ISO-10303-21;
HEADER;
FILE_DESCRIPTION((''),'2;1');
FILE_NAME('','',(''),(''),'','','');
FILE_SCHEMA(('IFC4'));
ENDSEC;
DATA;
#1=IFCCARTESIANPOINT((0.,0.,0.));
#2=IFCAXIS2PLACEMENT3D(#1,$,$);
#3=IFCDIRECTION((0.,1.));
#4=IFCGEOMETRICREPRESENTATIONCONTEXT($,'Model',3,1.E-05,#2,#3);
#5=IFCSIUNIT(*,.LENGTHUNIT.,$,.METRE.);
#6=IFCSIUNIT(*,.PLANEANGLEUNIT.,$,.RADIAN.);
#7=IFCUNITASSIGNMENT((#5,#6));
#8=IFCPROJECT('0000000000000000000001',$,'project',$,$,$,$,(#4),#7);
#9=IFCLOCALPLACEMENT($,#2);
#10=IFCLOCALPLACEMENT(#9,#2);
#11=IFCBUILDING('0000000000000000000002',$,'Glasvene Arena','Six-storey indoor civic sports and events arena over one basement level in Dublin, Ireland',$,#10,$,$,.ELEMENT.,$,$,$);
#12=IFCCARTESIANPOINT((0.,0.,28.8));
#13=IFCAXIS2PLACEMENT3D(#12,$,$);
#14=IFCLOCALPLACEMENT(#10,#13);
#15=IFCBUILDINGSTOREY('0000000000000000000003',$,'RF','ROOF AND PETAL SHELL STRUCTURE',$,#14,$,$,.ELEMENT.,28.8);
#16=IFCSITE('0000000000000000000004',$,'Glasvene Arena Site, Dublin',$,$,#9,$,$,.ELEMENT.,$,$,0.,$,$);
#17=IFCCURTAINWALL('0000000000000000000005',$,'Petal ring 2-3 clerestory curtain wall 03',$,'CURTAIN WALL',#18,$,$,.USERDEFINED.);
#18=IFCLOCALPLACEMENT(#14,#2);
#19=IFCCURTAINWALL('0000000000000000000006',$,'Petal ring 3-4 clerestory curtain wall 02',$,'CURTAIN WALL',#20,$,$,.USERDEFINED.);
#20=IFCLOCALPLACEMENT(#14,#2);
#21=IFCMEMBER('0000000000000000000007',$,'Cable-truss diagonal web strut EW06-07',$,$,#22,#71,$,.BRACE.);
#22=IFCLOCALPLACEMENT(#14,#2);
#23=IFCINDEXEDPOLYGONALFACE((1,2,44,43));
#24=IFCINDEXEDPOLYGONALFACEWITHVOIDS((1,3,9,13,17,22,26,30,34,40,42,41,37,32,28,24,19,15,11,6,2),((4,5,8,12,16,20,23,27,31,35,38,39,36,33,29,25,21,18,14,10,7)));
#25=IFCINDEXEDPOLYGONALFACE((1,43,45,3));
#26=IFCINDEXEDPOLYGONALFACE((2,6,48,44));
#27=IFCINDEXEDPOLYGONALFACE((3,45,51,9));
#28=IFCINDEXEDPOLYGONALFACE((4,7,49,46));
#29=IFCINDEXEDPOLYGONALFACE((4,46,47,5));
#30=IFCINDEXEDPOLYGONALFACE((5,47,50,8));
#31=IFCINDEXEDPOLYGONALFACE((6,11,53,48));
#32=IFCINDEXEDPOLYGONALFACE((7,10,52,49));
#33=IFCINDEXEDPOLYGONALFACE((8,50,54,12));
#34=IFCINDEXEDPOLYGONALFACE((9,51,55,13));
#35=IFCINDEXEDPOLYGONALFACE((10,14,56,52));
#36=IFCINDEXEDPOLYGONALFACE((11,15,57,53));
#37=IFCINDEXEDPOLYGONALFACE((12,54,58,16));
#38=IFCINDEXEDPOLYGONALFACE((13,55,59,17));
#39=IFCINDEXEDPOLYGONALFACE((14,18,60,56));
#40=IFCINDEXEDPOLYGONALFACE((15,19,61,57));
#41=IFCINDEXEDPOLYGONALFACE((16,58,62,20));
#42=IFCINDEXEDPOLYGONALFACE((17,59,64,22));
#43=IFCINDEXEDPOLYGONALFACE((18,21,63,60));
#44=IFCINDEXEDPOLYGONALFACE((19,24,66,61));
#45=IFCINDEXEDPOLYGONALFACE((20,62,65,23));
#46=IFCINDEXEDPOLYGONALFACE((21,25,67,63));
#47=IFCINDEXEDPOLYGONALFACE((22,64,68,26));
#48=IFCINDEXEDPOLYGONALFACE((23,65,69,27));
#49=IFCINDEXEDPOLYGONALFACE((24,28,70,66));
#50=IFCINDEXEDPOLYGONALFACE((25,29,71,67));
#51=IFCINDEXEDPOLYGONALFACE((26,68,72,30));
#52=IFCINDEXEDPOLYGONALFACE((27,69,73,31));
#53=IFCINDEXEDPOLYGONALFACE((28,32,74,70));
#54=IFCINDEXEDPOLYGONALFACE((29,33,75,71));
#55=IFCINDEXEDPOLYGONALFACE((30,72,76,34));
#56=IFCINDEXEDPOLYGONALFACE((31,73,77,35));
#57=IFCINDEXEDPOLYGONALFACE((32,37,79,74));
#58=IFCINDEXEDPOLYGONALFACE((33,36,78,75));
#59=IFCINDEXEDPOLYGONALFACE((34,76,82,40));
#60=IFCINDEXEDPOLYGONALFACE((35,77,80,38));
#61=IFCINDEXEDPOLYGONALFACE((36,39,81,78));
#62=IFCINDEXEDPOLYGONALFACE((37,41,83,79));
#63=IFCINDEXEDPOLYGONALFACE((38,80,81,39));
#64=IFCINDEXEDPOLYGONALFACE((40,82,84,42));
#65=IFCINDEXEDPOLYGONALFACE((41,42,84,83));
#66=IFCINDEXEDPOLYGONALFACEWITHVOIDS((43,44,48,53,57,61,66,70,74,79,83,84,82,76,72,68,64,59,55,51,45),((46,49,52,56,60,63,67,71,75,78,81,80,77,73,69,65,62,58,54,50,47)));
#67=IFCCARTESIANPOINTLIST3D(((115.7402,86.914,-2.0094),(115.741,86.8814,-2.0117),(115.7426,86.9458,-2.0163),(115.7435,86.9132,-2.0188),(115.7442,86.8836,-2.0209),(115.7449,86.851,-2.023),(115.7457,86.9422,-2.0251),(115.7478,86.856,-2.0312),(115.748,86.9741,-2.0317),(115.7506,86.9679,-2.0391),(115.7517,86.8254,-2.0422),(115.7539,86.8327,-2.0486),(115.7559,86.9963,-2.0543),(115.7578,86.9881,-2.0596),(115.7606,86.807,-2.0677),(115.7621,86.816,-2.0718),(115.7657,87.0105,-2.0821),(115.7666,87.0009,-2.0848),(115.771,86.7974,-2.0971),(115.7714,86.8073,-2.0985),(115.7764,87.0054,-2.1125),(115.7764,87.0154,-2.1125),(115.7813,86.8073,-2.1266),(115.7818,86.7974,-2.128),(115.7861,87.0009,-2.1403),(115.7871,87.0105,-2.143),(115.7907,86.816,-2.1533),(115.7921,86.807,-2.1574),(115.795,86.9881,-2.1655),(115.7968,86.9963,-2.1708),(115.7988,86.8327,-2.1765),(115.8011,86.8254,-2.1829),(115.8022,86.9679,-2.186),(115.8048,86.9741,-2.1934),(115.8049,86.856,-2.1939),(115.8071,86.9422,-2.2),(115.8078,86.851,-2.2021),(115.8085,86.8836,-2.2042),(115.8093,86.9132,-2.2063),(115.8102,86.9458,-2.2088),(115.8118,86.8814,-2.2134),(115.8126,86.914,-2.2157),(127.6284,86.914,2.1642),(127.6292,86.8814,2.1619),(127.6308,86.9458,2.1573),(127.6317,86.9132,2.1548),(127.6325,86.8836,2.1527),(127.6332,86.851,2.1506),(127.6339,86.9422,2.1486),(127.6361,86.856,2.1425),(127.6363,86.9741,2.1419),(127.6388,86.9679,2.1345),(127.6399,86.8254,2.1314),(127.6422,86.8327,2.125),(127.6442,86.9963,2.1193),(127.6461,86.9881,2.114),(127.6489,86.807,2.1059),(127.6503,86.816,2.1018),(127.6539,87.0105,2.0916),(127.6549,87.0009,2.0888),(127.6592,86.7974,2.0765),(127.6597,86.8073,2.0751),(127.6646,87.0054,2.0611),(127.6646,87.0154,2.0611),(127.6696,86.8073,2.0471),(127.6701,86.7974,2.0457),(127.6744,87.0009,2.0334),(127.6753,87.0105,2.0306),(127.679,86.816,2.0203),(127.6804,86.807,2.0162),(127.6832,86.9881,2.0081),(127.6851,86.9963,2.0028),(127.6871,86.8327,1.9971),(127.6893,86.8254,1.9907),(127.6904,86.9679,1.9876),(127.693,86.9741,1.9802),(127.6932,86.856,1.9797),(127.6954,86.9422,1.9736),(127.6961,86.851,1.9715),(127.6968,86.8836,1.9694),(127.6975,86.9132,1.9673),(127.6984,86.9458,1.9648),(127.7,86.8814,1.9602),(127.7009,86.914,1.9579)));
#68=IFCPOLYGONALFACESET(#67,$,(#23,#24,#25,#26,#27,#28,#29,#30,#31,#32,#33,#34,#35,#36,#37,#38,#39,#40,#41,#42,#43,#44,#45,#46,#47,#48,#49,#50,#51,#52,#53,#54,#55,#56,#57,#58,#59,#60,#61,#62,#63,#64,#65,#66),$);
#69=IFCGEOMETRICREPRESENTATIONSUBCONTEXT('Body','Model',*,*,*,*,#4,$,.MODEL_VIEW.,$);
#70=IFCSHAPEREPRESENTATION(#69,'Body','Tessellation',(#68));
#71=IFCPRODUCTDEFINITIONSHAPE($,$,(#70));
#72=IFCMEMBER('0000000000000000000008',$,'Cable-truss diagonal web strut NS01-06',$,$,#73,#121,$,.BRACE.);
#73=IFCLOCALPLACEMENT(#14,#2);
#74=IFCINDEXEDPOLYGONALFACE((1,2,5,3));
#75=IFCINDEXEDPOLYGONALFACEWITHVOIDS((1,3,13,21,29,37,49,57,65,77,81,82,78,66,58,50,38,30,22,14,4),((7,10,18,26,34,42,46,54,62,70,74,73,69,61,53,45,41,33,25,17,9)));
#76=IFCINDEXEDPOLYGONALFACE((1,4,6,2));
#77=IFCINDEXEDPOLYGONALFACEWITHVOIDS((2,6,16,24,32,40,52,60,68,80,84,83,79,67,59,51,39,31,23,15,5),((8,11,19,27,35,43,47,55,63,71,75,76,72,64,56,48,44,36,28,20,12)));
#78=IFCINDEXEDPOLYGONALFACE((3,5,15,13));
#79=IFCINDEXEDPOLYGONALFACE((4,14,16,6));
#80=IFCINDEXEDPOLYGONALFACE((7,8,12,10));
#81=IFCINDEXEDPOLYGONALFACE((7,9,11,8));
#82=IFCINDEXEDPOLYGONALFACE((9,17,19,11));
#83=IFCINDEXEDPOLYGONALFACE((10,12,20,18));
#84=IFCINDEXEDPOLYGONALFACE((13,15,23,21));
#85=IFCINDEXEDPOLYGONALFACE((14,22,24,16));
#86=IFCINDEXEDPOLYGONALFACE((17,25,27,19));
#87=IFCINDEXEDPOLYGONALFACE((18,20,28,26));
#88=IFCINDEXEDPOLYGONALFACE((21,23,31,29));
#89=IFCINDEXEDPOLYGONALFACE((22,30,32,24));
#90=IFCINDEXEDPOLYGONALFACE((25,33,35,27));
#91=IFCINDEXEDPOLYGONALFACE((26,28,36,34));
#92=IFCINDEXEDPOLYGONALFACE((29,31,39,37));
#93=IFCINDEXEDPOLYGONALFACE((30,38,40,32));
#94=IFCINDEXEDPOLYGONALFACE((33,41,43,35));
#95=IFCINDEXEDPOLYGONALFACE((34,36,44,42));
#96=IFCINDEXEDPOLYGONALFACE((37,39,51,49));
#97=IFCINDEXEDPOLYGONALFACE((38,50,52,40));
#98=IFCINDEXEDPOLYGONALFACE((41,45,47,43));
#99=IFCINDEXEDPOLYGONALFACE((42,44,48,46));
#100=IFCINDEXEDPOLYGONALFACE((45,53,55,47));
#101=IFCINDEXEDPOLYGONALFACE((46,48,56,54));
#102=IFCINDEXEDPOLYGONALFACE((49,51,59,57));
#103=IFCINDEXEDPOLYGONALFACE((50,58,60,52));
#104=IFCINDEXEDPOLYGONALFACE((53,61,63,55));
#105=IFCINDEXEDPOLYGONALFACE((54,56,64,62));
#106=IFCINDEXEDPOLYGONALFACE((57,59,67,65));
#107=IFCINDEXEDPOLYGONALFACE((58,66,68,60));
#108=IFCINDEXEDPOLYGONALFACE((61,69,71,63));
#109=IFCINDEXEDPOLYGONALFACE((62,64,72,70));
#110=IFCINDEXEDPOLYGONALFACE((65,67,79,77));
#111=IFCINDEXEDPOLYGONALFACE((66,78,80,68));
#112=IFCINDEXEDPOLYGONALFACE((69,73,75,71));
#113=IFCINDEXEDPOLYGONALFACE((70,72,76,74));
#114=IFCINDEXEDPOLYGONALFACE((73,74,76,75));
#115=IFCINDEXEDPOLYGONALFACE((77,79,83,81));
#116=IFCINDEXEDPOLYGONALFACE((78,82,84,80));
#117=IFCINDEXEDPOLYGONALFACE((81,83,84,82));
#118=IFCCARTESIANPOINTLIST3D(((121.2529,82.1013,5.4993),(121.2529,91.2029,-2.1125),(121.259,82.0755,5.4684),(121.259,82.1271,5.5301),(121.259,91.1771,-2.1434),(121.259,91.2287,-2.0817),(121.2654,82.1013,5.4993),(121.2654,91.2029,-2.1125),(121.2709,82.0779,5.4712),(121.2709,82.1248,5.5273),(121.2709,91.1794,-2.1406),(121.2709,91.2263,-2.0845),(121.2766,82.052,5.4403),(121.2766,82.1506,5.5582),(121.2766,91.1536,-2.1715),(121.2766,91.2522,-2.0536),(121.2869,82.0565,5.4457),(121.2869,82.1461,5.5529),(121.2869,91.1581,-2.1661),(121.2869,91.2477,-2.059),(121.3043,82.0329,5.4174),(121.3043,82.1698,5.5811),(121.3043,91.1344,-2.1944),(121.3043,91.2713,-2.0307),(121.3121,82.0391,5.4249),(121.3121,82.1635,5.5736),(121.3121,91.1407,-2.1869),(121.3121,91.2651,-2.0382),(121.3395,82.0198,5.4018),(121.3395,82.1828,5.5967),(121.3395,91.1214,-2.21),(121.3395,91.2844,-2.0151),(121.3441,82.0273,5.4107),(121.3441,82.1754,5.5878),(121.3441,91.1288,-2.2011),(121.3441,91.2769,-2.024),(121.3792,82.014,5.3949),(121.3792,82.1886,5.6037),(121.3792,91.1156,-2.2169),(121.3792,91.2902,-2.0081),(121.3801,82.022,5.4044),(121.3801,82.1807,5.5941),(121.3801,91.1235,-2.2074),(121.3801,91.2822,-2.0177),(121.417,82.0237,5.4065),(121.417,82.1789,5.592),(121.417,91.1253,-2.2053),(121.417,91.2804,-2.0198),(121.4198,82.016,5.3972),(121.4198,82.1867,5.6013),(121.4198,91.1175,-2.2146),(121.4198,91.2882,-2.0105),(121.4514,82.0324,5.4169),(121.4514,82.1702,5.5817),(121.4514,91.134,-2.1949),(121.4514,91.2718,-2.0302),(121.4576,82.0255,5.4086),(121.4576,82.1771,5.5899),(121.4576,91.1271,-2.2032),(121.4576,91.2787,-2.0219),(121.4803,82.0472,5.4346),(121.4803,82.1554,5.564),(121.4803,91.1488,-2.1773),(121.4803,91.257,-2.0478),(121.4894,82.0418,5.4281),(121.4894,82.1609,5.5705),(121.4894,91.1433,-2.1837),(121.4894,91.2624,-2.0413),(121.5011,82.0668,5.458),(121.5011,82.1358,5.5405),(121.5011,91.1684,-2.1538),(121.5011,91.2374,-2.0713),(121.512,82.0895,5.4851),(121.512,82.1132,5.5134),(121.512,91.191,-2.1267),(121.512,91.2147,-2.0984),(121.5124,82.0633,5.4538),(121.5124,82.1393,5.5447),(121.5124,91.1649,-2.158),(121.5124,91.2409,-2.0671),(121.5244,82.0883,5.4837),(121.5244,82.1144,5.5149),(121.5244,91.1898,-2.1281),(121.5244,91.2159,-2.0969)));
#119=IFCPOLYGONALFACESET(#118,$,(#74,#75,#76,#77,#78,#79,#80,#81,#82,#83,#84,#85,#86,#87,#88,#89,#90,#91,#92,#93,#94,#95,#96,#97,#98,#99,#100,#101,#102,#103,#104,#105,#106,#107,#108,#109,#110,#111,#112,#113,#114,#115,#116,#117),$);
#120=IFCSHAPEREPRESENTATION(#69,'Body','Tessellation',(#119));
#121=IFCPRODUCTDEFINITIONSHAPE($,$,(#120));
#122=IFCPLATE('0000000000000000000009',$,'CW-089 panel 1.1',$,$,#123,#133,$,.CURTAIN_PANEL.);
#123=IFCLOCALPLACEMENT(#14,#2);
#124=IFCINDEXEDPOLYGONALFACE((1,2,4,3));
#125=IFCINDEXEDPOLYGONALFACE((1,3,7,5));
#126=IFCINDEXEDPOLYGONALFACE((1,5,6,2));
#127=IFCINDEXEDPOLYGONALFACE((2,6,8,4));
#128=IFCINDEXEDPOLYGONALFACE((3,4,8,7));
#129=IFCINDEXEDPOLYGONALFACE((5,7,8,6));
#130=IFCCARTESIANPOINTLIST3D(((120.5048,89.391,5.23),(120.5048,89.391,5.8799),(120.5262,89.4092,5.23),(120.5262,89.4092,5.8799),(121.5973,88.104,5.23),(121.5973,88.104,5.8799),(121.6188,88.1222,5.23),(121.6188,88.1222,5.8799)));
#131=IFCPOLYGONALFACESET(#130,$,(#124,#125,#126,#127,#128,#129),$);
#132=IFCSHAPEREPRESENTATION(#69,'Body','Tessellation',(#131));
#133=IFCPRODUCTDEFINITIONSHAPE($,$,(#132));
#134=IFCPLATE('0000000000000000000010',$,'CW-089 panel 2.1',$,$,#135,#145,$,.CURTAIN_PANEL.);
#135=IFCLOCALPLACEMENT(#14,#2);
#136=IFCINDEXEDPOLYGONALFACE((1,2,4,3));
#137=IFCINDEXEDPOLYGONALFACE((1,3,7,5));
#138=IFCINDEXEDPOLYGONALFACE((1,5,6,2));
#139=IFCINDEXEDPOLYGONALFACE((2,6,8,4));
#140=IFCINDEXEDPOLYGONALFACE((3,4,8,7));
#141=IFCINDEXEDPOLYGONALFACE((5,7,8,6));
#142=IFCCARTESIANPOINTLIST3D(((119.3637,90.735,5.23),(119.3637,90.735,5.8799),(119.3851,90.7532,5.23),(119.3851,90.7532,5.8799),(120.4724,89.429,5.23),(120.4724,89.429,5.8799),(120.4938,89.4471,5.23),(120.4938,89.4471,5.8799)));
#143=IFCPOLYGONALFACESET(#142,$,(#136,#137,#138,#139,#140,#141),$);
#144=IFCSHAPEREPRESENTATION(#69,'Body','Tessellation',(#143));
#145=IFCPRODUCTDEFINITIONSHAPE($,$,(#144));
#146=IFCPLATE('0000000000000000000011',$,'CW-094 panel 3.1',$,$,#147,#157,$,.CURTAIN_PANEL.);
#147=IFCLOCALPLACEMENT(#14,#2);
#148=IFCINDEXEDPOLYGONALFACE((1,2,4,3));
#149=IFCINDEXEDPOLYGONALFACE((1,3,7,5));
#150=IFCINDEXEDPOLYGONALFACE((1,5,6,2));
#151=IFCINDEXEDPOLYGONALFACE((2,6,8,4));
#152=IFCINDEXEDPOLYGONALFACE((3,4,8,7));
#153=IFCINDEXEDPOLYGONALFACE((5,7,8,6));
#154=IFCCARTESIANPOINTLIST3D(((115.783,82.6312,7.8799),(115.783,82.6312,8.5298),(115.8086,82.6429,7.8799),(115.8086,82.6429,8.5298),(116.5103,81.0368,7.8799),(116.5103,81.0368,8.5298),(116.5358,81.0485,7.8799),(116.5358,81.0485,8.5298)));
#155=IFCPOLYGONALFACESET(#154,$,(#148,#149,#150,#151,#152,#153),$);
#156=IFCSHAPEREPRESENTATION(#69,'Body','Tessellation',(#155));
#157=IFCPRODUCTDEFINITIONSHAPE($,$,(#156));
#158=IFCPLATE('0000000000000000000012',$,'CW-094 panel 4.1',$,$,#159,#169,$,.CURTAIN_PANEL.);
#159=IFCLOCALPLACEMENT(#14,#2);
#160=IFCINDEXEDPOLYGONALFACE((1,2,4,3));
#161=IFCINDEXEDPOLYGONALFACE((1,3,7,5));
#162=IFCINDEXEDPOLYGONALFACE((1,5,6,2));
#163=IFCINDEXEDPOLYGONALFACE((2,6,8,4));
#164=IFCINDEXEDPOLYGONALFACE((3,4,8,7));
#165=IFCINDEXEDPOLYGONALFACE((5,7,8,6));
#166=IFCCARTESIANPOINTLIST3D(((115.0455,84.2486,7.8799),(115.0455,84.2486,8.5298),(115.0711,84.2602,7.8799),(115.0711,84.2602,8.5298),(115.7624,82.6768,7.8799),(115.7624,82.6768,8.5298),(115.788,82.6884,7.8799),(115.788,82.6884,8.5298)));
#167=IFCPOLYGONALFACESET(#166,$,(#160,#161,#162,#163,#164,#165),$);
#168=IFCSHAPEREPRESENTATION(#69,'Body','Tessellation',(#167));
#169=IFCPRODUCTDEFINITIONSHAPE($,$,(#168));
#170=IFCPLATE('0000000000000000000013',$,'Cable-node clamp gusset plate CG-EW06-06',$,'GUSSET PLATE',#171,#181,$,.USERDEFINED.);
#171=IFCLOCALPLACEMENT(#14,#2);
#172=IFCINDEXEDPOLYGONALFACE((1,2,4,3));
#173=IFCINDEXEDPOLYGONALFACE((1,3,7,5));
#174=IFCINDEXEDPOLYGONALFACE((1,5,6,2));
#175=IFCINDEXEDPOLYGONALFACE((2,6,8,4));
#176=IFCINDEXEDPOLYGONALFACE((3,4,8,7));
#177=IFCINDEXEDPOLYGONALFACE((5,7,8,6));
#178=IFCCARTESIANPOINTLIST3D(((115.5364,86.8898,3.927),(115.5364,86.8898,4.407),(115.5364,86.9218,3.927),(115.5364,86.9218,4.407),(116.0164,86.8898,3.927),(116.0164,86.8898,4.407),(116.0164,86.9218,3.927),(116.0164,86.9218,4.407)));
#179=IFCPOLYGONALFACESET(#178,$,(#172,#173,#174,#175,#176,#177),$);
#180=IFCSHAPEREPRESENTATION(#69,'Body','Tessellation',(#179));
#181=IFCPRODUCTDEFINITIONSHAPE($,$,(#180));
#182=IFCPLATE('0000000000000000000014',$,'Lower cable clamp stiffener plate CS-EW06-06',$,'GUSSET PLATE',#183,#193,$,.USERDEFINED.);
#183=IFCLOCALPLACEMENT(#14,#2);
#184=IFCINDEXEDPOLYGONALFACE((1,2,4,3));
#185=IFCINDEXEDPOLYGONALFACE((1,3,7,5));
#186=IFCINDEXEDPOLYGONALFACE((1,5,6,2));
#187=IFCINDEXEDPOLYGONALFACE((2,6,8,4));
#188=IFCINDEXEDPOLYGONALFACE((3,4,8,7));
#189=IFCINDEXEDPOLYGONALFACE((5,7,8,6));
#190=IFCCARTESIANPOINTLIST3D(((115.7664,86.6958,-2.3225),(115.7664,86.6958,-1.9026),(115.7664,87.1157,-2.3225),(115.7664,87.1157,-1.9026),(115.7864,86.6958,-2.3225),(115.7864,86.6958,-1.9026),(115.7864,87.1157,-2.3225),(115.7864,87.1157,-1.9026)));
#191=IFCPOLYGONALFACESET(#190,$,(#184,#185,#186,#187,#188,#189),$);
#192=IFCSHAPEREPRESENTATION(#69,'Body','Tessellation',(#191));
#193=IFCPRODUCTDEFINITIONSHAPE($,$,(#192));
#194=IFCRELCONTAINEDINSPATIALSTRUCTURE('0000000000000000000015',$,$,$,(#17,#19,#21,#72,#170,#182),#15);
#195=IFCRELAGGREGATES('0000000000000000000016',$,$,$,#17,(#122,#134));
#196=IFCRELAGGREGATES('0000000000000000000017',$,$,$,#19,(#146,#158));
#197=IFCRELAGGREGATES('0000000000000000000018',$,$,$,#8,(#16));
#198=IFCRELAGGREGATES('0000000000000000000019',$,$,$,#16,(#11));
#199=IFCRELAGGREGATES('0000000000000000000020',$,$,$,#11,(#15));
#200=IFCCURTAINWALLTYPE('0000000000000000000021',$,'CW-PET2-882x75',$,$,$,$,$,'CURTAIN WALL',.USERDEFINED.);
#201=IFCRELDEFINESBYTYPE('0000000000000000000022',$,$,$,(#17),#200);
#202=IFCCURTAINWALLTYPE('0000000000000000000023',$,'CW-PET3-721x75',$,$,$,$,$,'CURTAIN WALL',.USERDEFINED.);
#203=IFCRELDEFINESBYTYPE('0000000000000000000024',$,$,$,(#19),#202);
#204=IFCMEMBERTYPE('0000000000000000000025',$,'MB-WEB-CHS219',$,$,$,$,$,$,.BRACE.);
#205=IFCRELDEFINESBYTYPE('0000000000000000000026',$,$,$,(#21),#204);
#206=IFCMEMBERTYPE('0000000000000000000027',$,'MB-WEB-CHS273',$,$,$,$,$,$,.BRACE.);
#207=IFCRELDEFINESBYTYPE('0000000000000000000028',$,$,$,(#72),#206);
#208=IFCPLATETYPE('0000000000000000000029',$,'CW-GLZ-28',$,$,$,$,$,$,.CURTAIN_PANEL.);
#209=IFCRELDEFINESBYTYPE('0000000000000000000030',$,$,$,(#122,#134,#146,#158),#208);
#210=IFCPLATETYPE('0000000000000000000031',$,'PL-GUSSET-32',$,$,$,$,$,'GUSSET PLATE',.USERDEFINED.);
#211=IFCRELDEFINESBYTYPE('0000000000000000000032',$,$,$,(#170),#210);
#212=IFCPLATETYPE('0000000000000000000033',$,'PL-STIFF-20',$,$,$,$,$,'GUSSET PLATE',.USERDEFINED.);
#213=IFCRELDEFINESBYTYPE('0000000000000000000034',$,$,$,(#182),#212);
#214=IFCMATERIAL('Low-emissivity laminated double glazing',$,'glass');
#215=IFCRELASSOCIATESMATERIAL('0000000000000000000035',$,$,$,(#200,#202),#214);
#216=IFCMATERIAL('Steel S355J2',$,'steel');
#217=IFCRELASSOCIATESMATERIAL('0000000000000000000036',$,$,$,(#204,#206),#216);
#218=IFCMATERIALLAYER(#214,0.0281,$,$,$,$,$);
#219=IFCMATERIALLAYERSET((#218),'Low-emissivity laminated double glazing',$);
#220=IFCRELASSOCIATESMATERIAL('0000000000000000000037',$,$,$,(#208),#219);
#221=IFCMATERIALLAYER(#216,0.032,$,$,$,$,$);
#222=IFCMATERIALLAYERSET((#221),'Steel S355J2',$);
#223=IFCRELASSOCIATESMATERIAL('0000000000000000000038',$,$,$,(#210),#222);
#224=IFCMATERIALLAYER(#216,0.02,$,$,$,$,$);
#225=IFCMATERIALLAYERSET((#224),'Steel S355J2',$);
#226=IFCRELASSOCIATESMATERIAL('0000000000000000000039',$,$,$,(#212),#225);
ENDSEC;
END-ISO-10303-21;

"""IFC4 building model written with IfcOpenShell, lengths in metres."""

from ifc_helpers import new_model, si_unit, direction, frame, origin, origin_2d, place, context, subcontext, project, spatial, rectangle, hollow_circle, extrude, material, layer, layer_set, material_profile, profile_set, type_object, element, aggregate, save


model = new_model("IFC4")

# Units and contexts
model_context = context("Model", 3, precision=1e-05, world=origin(), true_north=direction((0.0, 1.0)))
body_context = subcontext(model_context, "Body", "Model", "MODEL_VIEW")
ifc_project = project(units=[si_unit("LENGTHUNIT", "METRE"), si_unit("PLANEANGLEUNIT", "RADIAN")], contexts=[model_context])

# Site, building, storey
site_placement = place(None, origin())
site = spatial("IfcSite", under=ifc_project, at=site_placement, Name="Glasvene Arena Site, Dublin", CompositionType="ELEMENT", RefElevation=0.0)
building_placement = place(site_placement, origin())
building = spatial("IfcBuilding", under=site, at=building_placement, Name="Glasvene Arena", Description="Six-storey indoor civic sports and events arena over one basement level in Dublin, Ireland", CompositionType="ELEMENT")
storey_placement = place(building_placement, frame((0.0, 0.0, 28.8)))
storey = spatial("IfcBuildingStorey", under=building, at=storey_placement, Name="RF", Description="ROOF AND PETAL SHELL STRUCTURE", CompositionType="ELEMENT", Elevation=28.8)

# Curtain wall
ifc_material_1 = material(Name="Low-emissivity laminated double glazing", Category="glass")
curtain_wall_type_1 = type_object("IfcCurtainWallType", Name="CW-PET2-882x75", ElementType="CURTAIN WALL", PredefinedType="USERDEFINED", material=ifc_material_1)
curtain_wall_1_placement = place(storey_placement, frame((121.6404, 88.075, 0.0)))
curtain_wall_1 = element("IfcCurtainWall", 1, at=curtain_wall_1_placement, inside=storey, type_object=curtain_wall_type_1, Name="Petal ring 2-3 clerestory curtain wall 03", ObjectType="CURTAIN WALL", PredefinedType="USERDEFINED")

# Curtain wall
curtain_wall_type_2 = type_object("IfcCurtainWallType", Name="CW-PET3-721x75", ElementType="CURTAIN WALL", PredefinedType="USERDEFINED", material=ifc_material_1)
curtain_wall_2_placement = place(storey_placement, frame((118.0295, 77.74, 0.0)))
curtain_wall_2 = element("IfcCurtainWall", 2, at=curtain_wall_2_placement, inside=storey, type_object=curtain_wall_type_2, Name="Petal ring 3-4 clerestory curtain wall 02", ObjectType="CURTAIN WALL", PredefinedType="USERDEFINED")

# Members
ifc_material_2 = material(Name="Steel S355J2", Category="steel")
ifc_material_profile_1 = material_profile(ifc_material_2, hollow_circle(Radius=0.1096, WallThickness=0.01, at=origin_2d()), Name="CHS 219.1x10.0")
ifc_profile_set_1 = profile_set([ifc_material_profile_1], Name="Steel S355J2")
member_type_1 = type_object("IfcMemberType", Name="MB-WEB-CHS219", PredefinedType="BRACE", material=ifc_profile_set_1)
member_1_placement = place(storey_placement, frame((115.7764, 86.9058, -2.1125), z_axis=(0.943543, 0.0, 0.33125), x_axis=(0.0, 1.0, 0.0)))
element("IfcMember", 3, at=member_1_placement, inside=storey, type_object=member_type_1, Name="Cable-truss diagonal web strut EW06-07", PredefinedType="BRACE", context=body_context, shape_type="SweptSolid", body=[
    extrude(hollow_circle(Radius=0.1096, WallThickness=0.01, at=origin_2d()), origin(), (0.0, 0.0, 1.0), 12.5996),
])
ifc_material_profile_2 = material_profile(ifc_material_2, hollow_circle(Radius=0.1365, WallThickness=0.0125, at=origin_2d()), Name="CHS 273.0x12.5")
ifc_profile_set_2 = profile_set([ifc_material_profile_2], Name="Steel S355J2")
member_type_2 = type_object("IfcMemberType", Name="MB-WEB-CHS273", PredefinedType="BRACE", material=ifc_profile_set_2)
member_2_placement = place(storey_placement, frame((121.3894, 82.1013, 5.4993), z_axis=(0.0, 0.767093, -0.641535), x_axis=(-1.0, 0.0, 0.0)))
element("IfcMember", 4, at=member_2_placement, inside=storey, type_object=member_type_2, Name="Cable-truss diagonal web strut NS01-06", PredefinedType="BRACE", context=body_context, shape_type="SweptSolid", body=[
    extrude(hollow_circle(Radius=0.1365, WallThickness=0.0125, at=origin_2d()), origin(), (0.0, 0.0, 1.0), 11.865),
])

# Plates
ifc_layer_1 = layer(ifc_material_1, 0.0281)
ifc_layer_set_1 = layer_set([ifc_layer_1], Name="Low-emissivity laminated double glazing")
plate_type_1 = type_object("IfcPlateType", Name="CW-GLZ-28", PredefinedType="CURTAIN_PANEL", material=ifc_layer_set_1)
plate_1_placement = place(storey_placement, frame((121.0618, 88.7566, 5.23), z_axis=(0.0, 0.0, 1.0), x_axis=(-0.647167, 0.762348, 0.0)))
plate_1 = element("IfcPlate", 5, at=plate_1_placement, type_object=plate_type_1, Name="CW-089 panel 1.1", PredefinedType="CURTAIN_PANEL", context=body_context, shape_type="SweptSolid", body=[
    extrude(rectangle(XDim=1.6882, YDim=0.0281, at=origin_2d()), origin(), (0.0, 0.0, 1.0), 0.6499),
])
plate_2_placement = place(storey_placement, frame((119.9287, 90.0911, 5.23), z_axis=(0.0, 0.0, 1.0), x_axis=(-0.647167, 0.762348, 0.0)))
plate_2 = element("IfcPlate", 6, at=plate_2_placement, type_object=plate_type_1, Name="CW-089 panel 2.1", PredefinedType="CURTAIN_PANEL", context=body_context, shape_type="SweptSolid", body=[
    extrude(rectangle(XDim=1.7131, YDim=0.0281, at=origin_2d()), origin(), (0.0, 0.0, 1.0), 0.6499),
])
aggregate(curtain_wall_1, [plate_1, plate_2])
plate_3_placement = place(storey_placement, frame((116.1594, 81.8398, 7.8799), z_axis=(0.0, 0.0, 1.0), x_axis=(-0.414968, 0.909836, 0.0)))
plate_3 = element("IfcPlate", 7, at=plate_3_placement, type_object=plate_type_1, Name="CW-094 panel 3.1", PredefinedType="CURTAIN_PANEL", context=body_context, shape_type="SweptSolid", body=[
    extrude(rectangle(XDim=1.7524, YDim=0.0281, at=origin_2d()), origin(), (0.0, 0.0, 1.0), 0.6499),
])
plate_4_placement = place(storey_placement, frame((115.4167, 83.4685, 7.8799), z_axis=(0.0, 0.0, 1.0), x_axis=(-0.414968, 0.909836, 0.0)))
plate_4 = element("IfcPlate", 8, at=plate_4_placement, type_object=plate_type_1, Name="CW-094 panel 4.1", PredefinedType="CURTAIN_PANEL", context=body_context, shape_type="SweptSolid", body=[
    extrude(rectangle(XDim=1.7275, YDim=0.0281, at=origin_2d()), origin(), (0.0, 0.0, 1.0), 0.6499),
])
aggregate(curtain_wall_2, [plate_3, plate_4])

# Plates
ifc_layer_2 = layer(ifc_material_2, 0.032)
ifc_layer_set_2 = layer_set([ifc_layer_2], Name="Steel S355J2")
plate_type_2 = type_object("IfcPlateType", Name="PL-GUSSET-32", ElementType="GUSSET PLATE", PredefinedType="USERDEFINED", material=ifc_layer_set_2)
plate_5_placement = place(storey_placement, frame((115.7764, 86.9058, 3.927), z_axis=(0.0, 0.0, 1.0), x_axis=(1.0, 0.0, 0.0)))
element("IfcPlate", 9, at=plate_5_placement, inside=storey, type_object=plate_type_2, Name="Cable-node clamp gusset plate CG-EW06-06", ObjectType="GUSSET PLATE", PredefinedType="USERDEFINED", context=body_context, shape_type="SweptSolid", body=[
    extrude(rectangle(XDim=0.48, YDim=0.032, at=origin_2d()), origin(), (0.0, 0.0, 1.0), 0.48),
])
ifc_layer_3 = layer(ifc_material_2, 0.02)
ifc_layer_set_3 = layer_set([ifc_layer_3], Name="Steel S355J2")
plate_type_3 = type_object("IfcPlateType", Name="PL-STIFF-20", ElementType="GUSSET PLATE", PredefinedType="USERDEFINED", material=ifc_layer_set_3)
plate_6_placement = place(storey_placement, frame((115.7764, 86.9058, -2.3225), z_axis=(0.0, 0.0, 1.0), x_axis=(1.0, 0.0, 0.0)))
element("IfcPlate", 10, at=plate_6_placement, inside=storey, type_object=plate_type_3, Name="Lower cable clamp stiffener plate CS-EW06-06", ObjectType="GUSSET PLATE", PredefinedType="USERDEFINED", context=body_context, shape_type="SweptSolid", body=[
    extrude(rectangle(XDim=0.02, YDim=0.4199, at=origin_2d()), origin(), (0.0, 0.0, 1.0), 0.4199),
])

save(model, "model.ifc")
